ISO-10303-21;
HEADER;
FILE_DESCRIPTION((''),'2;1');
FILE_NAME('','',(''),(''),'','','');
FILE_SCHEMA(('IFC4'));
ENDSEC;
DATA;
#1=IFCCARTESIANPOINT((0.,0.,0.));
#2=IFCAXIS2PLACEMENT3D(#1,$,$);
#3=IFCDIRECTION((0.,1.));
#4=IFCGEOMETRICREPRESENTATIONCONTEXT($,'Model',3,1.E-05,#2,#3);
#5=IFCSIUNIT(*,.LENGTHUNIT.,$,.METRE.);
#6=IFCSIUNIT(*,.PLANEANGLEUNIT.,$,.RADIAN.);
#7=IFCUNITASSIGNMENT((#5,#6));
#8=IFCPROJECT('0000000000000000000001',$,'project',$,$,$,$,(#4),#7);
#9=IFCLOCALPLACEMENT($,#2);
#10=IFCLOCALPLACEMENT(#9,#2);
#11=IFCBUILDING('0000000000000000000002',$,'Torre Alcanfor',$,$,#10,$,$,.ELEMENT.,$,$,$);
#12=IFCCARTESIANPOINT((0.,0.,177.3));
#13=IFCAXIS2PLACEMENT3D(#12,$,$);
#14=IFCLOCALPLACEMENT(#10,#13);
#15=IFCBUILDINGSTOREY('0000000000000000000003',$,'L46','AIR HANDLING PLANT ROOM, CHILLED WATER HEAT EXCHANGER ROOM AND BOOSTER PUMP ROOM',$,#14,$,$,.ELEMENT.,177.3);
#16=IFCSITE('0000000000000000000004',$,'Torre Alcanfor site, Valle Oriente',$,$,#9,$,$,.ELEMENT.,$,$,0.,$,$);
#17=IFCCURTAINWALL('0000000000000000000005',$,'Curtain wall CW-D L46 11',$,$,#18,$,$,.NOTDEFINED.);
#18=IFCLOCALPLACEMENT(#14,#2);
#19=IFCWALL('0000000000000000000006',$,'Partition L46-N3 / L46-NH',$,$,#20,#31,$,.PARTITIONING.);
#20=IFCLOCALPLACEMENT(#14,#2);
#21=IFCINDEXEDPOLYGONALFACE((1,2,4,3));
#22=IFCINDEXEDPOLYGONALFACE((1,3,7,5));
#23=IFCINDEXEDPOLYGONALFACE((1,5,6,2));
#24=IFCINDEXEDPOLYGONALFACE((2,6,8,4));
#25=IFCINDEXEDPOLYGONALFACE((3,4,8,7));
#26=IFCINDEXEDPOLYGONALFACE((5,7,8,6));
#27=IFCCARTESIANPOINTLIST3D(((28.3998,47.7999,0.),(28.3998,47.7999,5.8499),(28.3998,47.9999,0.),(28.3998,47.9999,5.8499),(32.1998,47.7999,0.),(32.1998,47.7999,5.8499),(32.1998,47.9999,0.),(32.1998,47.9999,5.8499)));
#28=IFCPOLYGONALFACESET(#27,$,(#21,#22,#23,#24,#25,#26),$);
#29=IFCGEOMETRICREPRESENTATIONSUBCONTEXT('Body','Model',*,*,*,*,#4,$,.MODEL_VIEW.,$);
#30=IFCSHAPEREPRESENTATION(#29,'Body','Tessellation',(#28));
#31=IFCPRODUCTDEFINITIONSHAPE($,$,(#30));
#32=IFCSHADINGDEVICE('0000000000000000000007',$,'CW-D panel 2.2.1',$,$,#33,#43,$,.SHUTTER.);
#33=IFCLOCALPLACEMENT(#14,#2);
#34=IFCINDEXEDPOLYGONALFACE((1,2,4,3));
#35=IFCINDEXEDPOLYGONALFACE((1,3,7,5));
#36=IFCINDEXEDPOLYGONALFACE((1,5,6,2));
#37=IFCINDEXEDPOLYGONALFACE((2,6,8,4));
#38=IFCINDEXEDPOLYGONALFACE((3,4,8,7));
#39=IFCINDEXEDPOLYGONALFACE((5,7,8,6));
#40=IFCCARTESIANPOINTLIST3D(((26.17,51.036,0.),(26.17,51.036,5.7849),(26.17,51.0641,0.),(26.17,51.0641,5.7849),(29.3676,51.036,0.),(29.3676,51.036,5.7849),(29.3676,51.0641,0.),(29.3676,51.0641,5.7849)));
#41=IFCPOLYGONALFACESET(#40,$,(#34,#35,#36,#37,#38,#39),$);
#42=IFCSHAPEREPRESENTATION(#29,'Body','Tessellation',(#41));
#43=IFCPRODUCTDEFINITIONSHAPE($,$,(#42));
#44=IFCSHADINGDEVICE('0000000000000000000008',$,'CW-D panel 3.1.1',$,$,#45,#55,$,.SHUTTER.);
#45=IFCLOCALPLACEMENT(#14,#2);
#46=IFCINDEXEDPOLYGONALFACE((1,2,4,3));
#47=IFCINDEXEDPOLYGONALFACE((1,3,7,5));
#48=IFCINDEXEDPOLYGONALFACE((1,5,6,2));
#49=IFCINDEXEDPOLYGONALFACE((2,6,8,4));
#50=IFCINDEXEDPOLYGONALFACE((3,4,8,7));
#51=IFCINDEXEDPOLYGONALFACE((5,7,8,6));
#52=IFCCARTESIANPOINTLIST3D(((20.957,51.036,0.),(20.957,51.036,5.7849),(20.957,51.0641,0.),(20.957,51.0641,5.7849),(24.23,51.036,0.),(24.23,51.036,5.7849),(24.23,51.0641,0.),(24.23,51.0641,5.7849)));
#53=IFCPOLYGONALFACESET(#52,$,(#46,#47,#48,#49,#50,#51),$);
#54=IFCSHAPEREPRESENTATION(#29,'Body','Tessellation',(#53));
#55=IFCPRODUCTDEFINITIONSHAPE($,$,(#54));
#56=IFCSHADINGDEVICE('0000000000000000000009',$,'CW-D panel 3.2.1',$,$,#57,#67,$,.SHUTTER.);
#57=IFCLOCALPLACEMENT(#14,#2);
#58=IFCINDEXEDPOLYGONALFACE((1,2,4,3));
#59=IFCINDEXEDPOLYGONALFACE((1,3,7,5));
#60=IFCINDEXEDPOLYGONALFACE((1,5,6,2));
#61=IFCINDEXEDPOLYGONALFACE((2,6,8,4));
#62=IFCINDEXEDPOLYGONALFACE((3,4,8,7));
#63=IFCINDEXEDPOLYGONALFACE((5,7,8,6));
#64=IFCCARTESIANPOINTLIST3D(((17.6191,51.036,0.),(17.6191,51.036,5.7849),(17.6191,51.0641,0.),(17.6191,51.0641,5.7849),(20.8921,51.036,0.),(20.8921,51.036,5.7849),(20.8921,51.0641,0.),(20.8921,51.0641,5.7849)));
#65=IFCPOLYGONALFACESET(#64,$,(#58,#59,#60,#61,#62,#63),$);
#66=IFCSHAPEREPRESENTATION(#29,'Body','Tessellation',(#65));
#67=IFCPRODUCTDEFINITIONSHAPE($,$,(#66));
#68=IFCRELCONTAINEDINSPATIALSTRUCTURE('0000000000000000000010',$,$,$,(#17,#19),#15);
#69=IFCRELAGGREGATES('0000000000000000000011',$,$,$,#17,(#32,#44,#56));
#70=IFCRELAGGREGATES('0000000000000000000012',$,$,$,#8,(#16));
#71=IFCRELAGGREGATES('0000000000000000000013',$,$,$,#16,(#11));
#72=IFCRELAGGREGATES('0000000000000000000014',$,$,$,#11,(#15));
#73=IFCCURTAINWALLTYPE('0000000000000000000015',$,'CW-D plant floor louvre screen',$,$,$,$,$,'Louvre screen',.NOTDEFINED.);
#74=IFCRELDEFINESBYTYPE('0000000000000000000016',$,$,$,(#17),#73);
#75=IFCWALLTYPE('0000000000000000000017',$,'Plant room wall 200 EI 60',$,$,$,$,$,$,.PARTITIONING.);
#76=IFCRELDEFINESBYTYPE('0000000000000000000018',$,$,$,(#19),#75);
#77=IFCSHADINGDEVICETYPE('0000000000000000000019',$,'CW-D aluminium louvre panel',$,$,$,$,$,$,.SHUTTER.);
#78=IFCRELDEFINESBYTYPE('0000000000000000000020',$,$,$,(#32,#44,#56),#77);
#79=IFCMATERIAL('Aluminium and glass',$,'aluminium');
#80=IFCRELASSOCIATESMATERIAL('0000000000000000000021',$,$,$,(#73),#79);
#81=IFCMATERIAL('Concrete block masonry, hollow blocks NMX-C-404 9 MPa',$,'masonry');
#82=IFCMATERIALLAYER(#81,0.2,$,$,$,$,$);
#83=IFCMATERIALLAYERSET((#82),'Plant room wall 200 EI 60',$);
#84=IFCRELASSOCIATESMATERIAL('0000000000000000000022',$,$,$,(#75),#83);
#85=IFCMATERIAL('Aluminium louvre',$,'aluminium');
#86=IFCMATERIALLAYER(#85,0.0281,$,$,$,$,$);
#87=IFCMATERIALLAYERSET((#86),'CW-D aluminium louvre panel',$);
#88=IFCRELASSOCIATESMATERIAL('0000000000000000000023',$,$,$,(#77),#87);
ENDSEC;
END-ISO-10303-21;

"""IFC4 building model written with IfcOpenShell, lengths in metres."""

from ifc_helpers import new_model, si_unit, direction, frame, frame_2d, origin, origin_2d, place, context, subcontext, project, spatial, rectangle, extrude, material, layer, layer_set, type_object, element, aggregate, save


model = new_model("IFC4")

# Units and contexts
model_context = context("Model", 3, precision=1e-05, world=origin(), true_north=direction((0.0, 1.0)))
body_context = subcontext(model_context, "Body", "Model", "MODEL_VIEW")
ifc_project = project(units=[si_unit("LENGTHUNIT", "METRE"), si_unit("PLANEANGLEUNIT", "RADIAN")], contexts=[model_context])

# Site, building, storey
site_placement = place(None, origin())
site = spatial("IfcSite", under=ifc_project, at=site_placement, Name="Torre Alcanfor site, Valle Oriente", CompositionType="ELEMENT", RefElevation=0.0)
building_placement = place(site_placement, origin())
building = spatial("IfcBuilding", under=site, at=building_placement, Name="Torre Alcanfor", CompositionType="ELEMENT")
storey_placement = place(building_placement, frame((0.0, 0.0, 177.3)))
storey = spatial("IfcBuildingStorey", under=building, at=storey_placement, Name="L46", Description="AIR HANDLING PLANT ROOM, CHILLED WATER HEAT EXCHANGER ROOM AND BOOSTER PUMP ROOM", CompositionType="ELEMENT", Elevation=177.3)

# Curtain wall
ifc_material_1 = material(Name="Aluminium and glass", Category="aluminium")
curtain_wall_type = type_object("IfcCurtainWallType", Name="CW-D plant floor louvre screen", ElementType="Louvre screen", PredefinedType="NOTDEFINED", material=ifc_material_1)
curtain_wall_placement = place(storey_placement, origin())
curtain_wall = element("IfcCurtainWall", 1, at=curtain_wall_placement, inside=storey, type_object=curtain_wall_type, Name="Curtain wall CW-D L46 11", PredefinedType="NOTDEFINED")

# Shared definitions
ifc_material_2 = material(Name="Concrete block masonry, hollow blocks NMX-C-404 9 MPa", Category="masonry")
ifc_layer_1 = layer(ifc_material_2, 0.2)
ifc_layer_set_1 = layer_set([ifc_layer_1], Name="Plant room wall 200 EI 60")
wall_type_1 = type_object("IfcWallType", Name="Plant room wall 200 EI 60", PredefinedType="PARTITIONING", material=ifc_layer_set_1)

# Wall
wall_1_placement = place(storey_placement, frame((28.3999, 47.8999, 0.0), z_axis=(0.0, 0.0, 1.0), x_axis=(1.0, 0.0, 0.0)))
element("IfcWall", 2, at=wall_1_placement, inside=storey, type_object=wall_type_1, Name="Partition L46-N3 / L46-NH", PredefinedType="PARTITIONING", context=body_context, shape_type="SweptSolid", body=[
    extrude(rectangle(XDim=3.8, YDim=0.2, at=frame_2d((1.8999, 0.0))), origin(), (0.0, 0.0, 1.0), 5.8499),
])

# Shading devices
ifc_material_3 = material(Name="Aluminium louvre", Category="aluminium")
ifc_layer_2 = layer(ifc_material_3, 0.0281)
ifc_layer_set_2 = layer_set([ifc_layer_2], Name="CW-D aluminium louvre panel")
shading_device_type = type_object("IfcShadingDeviceType", Name="CW-D aluminium louvre panel", PredefinedType="SHUTTER", material=ifc_layer_set_2)
shading_device_1_placement = place(storey_placement, frame((27.7688, 51.05, 0.0), z_axis=(0.0, 0.0, 1.0), x_axis=(-1.0, 0.0, 0.0)))
shading_device_1 = element("IfcShadingDevice", 3, at=shading_device_1_placement, type_object=shading_device_type, Name="CW-D panel 2.2.1", PredefinedType="SHUTTER", context=body_context, shape_type="SweptSolid", body=[
    extrude(rectangle(XDim=3.1975, YDim=0.0281, at=origin_2d()), origin(), (0.0, 0.0, 1.0), 5.7849),
])
shading_device_2_placement = place(storey_placement, frame((22.5935, 51.05, 0.0), z_axis=(0.0, 0.0, 1.0), x_axis=(-1.0, 0.0, 0.0)))
shading_device_2 = element("IfcShadingDevice", 4, at=shading_device_2_placement, type_object=shading_device_type, Name="CW-D panel 3.1.1", PredefinedType="SHUTTER", context=body_context, shape_type="SweptSolid", body=[
    extrude(rectangle(XDim=3.2729, YDim=0.0281, at=origin_2d()), origin(), (0.0, 0.0, 1.0), 5.7849),
])
shading_device_3_placement = place(storey_placement, frame((19.2556, 51.05, 0.0), z_axis=(0.0, 0.0, 1.0), x_axis=(-1.0, 0.0, 0.0)))
shading_device_3 = element("IfcShadingDevice", 5, at=shading_device_3_placement, type_object=shading_device_type, Name="CW-D panel 3.2.1", PredefinedType="SHUTTER", context=body_context, shape_type="SweptSolid", body=[
    extrude(rectangle(XDim=3.2729, YDim=0.0281, at=origin_2d()), origin(), (0.0, 0.0, 1.0), 5.7849),
])
aggregate(curtain_wall, [shading_device_1, shading_device_2, shading_device_3])

save(model, "model.ifc")
